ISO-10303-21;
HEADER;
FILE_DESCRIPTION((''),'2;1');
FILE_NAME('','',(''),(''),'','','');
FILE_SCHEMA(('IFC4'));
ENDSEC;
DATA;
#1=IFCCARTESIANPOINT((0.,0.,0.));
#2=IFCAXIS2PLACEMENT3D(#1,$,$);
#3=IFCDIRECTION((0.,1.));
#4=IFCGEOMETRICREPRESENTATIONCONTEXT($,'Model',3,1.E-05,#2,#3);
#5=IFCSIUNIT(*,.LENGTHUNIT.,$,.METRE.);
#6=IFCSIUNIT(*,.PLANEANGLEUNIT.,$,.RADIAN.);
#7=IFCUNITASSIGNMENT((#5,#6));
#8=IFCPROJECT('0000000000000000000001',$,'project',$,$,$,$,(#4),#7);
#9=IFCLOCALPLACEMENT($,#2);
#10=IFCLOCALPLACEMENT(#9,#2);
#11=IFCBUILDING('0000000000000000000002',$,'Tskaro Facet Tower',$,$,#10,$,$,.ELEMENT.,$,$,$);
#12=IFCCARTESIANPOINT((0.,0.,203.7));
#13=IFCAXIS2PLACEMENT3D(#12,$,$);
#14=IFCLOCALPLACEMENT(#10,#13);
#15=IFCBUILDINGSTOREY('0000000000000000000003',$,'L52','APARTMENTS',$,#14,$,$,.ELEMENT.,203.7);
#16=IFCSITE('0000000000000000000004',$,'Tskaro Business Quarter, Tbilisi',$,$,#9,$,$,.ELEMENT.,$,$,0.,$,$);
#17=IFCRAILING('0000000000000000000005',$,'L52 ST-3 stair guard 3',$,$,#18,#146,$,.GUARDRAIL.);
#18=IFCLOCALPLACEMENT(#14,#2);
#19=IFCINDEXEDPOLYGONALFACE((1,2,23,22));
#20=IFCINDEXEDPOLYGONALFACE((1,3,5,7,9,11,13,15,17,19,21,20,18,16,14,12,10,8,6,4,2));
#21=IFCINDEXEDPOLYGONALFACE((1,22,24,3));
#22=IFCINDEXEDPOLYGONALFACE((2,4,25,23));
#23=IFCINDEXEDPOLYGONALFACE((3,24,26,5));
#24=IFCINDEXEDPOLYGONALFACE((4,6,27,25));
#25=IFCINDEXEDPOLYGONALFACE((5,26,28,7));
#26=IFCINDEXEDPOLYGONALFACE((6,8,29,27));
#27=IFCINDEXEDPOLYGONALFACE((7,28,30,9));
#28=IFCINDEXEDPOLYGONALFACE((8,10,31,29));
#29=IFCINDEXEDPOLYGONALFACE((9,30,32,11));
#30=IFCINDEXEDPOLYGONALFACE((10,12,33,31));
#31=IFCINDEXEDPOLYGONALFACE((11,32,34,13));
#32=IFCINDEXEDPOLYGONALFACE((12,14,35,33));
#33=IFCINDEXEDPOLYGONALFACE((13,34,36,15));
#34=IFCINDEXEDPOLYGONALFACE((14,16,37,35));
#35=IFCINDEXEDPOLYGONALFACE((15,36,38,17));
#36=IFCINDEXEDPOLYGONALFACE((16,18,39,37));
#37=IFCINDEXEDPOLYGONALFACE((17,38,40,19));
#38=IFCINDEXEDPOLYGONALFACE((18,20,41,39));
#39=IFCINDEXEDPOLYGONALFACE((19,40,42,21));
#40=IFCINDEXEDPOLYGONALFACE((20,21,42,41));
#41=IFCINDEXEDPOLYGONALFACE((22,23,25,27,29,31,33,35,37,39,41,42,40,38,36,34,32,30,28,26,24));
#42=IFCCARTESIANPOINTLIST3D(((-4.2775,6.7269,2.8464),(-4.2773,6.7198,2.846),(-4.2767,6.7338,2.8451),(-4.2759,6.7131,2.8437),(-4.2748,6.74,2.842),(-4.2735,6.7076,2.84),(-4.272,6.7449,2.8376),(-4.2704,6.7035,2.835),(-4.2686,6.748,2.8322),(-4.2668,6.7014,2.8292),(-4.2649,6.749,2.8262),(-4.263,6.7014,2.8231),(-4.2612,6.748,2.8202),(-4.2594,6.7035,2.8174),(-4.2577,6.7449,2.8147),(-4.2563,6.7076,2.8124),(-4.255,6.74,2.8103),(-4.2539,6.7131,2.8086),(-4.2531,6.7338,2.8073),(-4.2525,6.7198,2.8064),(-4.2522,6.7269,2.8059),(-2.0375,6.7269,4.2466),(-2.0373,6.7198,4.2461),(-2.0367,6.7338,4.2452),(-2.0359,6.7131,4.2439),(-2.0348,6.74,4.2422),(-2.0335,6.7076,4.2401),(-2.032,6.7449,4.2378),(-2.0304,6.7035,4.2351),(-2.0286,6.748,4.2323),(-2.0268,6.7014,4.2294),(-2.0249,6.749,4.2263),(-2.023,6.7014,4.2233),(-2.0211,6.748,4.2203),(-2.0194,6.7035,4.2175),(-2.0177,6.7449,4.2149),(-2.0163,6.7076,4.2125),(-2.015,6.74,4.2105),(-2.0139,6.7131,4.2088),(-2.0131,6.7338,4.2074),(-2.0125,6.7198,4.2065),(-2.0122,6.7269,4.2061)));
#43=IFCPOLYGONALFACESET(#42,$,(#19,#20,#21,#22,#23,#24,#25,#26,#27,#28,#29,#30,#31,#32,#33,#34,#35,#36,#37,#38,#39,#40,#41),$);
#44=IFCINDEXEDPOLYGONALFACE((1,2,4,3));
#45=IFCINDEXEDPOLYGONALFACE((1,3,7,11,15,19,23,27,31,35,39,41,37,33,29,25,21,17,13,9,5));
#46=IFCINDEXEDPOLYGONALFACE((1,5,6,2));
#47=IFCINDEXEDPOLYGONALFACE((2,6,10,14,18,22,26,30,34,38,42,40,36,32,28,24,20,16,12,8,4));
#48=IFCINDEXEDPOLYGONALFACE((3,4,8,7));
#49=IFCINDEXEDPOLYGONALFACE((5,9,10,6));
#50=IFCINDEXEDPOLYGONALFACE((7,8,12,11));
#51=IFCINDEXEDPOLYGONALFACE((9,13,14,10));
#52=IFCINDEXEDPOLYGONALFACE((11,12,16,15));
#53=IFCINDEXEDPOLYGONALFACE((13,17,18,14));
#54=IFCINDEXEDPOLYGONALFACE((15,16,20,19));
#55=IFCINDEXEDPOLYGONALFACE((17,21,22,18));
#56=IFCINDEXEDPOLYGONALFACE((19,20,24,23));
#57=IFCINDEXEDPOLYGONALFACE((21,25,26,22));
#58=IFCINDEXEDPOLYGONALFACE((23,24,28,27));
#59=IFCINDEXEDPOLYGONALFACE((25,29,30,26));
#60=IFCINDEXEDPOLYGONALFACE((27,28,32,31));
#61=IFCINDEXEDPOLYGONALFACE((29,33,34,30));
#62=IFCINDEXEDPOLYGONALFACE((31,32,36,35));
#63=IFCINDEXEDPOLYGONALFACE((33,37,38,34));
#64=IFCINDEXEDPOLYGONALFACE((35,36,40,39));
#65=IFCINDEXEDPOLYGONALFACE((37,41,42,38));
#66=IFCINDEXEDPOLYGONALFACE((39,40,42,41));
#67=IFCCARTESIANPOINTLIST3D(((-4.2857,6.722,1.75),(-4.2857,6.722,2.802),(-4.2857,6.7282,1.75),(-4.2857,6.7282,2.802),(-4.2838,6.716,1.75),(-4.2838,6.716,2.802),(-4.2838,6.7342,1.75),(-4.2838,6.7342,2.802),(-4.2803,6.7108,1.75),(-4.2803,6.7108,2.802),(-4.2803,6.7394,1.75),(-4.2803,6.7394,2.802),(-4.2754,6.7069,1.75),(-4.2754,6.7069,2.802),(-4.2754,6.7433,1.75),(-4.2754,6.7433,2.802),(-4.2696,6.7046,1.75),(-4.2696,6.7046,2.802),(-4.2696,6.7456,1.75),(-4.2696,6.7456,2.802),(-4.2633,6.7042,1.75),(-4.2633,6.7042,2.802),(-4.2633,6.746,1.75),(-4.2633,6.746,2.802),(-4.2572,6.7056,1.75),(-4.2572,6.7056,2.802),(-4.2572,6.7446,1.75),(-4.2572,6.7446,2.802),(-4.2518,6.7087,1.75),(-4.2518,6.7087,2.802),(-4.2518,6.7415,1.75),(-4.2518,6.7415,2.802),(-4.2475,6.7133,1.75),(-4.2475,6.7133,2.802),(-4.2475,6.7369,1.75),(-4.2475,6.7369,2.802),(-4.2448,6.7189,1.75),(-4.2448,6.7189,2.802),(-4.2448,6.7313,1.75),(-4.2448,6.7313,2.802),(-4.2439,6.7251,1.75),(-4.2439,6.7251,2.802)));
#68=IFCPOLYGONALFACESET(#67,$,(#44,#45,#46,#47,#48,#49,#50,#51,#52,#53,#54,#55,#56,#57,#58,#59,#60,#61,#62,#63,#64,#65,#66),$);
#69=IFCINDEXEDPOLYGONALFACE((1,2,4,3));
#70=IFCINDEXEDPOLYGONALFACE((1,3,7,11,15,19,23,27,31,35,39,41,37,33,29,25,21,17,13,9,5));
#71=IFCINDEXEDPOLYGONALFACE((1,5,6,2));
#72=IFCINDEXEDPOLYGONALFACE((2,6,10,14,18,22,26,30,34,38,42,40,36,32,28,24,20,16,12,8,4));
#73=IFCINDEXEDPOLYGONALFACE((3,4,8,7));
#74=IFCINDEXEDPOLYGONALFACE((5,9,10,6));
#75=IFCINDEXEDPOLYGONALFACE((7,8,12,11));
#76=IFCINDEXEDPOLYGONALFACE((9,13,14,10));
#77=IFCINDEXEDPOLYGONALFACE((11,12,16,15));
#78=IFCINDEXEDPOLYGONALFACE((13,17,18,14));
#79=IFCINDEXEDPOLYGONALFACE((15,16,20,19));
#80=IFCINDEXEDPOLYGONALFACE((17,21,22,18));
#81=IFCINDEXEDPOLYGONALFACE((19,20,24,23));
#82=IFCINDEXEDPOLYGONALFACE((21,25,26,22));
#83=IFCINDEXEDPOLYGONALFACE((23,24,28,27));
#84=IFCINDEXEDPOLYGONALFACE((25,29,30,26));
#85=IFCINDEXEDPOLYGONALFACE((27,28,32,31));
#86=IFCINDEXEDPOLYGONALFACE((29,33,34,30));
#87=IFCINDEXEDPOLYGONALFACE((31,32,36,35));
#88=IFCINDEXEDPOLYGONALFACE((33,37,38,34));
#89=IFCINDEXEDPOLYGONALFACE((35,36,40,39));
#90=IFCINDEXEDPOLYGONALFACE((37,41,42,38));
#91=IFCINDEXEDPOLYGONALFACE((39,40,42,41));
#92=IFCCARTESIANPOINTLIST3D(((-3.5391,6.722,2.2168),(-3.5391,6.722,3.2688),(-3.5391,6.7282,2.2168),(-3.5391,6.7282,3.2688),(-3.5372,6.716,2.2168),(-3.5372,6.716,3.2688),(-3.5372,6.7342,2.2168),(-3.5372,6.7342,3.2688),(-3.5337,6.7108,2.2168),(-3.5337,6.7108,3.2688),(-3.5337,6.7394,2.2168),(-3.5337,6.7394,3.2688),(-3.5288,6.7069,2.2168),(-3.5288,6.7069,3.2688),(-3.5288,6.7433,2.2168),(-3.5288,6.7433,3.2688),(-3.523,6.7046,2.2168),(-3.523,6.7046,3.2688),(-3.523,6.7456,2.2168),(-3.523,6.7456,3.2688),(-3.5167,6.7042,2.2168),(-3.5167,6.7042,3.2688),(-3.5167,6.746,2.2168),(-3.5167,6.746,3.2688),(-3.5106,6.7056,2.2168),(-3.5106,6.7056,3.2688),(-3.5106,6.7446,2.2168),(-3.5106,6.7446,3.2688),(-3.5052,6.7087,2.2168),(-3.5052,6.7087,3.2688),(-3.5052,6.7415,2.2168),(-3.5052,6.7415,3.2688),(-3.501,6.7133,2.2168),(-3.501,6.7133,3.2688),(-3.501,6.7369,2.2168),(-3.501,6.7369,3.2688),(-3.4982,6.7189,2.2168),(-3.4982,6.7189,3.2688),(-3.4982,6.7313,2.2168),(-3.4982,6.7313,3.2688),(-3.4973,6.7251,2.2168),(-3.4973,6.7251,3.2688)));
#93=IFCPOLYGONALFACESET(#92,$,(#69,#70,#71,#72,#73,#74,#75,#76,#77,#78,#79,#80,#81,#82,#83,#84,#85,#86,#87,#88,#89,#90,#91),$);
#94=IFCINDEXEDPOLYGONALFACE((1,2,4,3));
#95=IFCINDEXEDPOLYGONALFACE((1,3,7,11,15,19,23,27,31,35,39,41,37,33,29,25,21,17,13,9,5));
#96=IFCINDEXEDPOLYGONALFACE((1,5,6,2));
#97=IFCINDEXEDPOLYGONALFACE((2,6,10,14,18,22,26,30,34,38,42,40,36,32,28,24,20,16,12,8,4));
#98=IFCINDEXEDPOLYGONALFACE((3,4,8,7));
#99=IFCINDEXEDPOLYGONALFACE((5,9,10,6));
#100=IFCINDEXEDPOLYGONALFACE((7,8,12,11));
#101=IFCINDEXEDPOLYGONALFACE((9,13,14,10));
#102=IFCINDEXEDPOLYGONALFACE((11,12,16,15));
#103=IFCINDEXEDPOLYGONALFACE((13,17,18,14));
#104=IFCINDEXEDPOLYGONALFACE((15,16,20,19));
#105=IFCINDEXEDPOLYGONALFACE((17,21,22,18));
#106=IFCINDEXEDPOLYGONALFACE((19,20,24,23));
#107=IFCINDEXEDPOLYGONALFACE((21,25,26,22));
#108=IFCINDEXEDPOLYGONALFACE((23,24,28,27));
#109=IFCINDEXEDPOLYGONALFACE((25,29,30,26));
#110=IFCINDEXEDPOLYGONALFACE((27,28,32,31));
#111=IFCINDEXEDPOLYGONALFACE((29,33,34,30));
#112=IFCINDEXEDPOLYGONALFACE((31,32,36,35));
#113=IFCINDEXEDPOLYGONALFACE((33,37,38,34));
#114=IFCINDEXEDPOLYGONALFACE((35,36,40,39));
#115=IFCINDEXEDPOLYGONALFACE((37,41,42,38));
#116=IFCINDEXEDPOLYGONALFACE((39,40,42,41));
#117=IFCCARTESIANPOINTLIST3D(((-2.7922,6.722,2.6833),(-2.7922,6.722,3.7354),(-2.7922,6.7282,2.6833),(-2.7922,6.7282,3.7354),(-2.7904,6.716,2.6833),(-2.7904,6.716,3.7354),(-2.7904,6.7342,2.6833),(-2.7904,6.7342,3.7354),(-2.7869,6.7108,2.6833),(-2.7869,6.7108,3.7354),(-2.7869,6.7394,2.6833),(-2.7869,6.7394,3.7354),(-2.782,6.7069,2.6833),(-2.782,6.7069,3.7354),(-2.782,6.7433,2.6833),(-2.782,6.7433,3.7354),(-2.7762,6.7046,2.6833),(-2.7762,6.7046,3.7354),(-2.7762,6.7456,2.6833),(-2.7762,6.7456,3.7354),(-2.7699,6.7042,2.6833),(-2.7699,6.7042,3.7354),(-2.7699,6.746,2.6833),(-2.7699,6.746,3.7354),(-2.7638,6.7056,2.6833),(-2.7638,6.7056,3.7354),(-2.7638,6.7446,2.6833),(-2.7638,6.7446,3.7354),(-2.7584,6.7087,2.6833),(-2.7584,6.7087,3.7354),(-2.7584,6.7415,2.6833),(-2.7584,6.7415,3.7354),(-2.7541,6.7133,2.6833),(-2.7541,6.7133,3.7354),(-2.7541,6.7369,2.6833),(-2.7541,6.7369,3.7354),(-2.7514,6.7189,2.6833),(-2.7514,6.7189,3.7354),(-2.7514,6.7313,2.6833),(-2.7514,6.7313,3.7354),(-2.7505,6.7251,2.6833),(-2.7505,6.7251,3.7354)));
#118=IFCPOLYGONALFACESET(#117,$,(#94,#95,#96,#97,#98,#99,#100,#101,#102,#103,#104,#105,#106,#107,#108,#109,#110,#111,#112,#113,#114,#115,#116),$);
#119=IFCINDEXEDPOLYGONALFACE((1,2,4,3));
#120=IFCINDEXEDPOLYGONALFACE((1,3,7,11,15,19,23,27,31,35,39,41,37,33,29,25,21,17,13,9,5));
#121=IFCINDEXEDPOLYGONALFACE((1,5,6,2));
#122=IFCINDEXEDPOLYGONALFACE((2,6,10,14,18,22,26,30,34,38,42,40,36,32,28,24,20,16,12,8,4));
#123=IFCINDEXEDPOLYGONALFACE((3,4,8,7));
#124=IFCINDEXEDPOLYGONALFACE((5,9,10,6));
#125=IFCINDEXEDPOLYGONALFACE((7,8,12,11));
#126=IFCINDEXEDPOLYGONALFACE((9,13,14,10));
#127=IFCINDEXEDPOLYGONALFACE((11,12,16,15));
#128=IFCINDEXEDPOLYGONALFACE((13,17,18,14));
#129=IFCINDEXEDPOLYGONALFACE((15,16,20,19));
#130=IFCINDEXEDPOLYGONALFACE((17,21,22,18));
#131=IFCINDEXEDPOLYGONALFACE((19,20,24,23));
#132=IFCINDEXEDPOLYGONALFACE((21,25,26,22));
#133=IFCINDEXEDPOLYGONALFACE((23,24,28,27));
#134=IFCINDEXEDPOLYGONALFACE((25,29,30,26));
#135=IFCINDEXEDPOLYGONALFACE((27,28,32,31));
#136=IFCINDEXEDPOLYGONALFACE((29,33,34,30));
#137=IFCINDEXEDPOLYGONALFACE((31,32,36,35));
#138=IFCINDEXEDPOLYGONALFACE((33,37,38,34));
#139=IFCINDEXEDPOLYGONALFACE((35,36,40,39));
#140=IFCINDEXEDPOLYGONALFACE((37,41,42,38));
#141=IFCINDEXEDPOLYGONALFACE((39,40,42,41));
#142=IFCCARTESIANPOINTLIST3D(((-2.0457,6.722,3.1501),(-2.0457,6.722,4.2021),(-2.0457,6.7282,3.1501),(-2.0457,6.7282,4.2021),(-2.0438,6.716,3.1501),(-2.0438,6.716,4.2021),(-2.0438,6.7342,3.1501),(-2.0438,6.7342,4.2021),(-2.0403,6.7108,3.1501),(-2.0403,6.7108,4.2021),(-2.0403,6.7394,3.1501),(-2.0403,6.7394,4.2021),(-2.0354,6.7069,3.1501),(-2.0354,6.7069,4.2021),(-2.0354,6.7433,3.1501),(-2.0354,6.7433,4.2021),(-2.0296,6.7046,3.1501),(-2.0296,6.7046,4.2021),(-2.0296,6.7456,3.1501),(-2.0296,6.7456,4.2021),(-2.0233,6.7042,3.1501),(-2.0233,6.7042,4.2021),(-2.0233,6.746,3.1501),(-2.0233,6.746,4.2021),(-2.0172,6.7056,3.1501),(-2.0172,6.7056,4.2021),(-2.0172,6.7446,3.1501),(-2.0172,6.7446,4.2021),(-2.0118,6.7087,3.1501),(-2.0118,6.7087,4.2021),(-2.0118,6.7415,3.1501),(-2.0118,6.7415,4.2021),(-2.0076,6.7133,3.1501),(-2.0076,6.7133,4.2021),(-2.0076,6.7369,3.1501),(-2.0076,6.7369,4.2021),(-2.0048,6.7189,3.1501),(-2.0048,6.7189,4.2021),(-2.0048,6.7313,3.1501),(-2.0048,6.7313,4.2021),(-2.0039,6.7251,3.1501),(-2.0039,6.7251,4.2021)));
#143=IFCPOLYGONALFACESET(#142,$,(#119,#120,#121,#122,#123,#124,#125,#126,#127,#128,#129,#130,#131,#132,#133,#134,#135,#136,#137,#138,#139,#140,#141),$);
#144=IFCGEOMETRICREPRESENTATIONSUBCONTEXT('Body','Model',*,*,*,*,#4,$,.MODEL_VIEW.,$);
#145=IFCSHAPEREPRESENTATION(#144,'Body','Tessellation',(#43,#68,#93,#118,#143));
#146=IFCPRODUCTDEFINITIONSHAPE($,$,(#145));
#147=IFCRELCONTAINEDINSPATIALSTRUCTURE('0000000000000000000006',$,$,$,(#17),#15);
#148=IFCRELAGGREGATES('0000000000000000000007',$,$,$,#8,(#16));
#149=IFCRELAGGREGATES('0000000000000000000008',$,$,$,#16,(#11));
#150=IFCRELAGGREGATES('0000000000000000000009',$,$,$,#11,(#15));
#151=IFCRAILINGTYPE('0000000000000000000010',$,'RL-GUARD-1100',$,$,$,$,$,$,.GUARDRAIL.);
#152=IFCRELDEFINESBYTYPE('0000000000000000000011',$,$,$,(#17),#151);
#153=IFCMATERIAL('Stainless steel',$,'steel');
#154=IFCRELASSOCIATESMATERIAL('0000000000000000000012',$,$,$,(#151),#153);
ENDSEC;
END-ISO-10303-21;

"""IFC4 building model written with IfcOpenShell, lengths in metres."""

from ifc_helpers import new_model, si_unit, direction, frame, origin, origin_2d, place, context, subcontext, project, spatial, circle, extrude, material, type_object, element, save


model = new_model("IFC4")

# Units and contexts
model_context = context("Model", 3, precision=1e-05, world=origin(), true_north=direction((0.0, 1.0)))
body_context = subcontext(model_context, "Body", "Model", "MODEL_VIEW")
ifc_project = project(units=[si_unit("LENGTHUNIT", "METRE"), si_unit("PLANEANGLEUNIT", "RADIAN")], contexts=[model_context])

# Site, building, storey
site_placement = place(None, origin())
site = spatial("IfcSite", under=ifc_project, at=site_placement, Name="Tskaro Business Quarter, Tbilisi", CompositionType="ELEMENT", RefElevation=0.0)
building_placement = place(site_placement, origin())
building = spatial("IfcBuilding", under=site, at=building_placement, Name="Tskaro Facet Tower", CompositionType="ELEMENT")
storey_placement = place(building_placement, frame((0.0, 0.0, 203.7)))
storey = spatial("IfcBuildingStorey", under=building, at=storey_placement, Name="L52", Description="APARTMENTS", CompositionType="ELEMENT", Elevation=203.7)

# Railing
ifc_material_1 = material(Name="Stainless steel", Category="steel")
railing_type_1 = type_object("IfcRailingType", Name="RL-GUARD-1100", PredefinedType="GUARDRAIL", material=ifc_material_1)
railing_1_placement = place(storey_placement, frame((-4.2649, 6.7251, 1.75)))
element("IfcRailing", 1, at=railing_1_placement, inside=storey, type_object=railing_type_1, Name="L52 ST-3 stair guard 3", PredefinedType="GUARDRAIL", context=body_context, shape_type="SweptSolid", body=[
    extrude(circle(Radius=0.0239, at=origin_2d()), frame((0.0, 0.0, 1.0762), z_axis=(0.847972, 0.0, 0.53004), x_axis=(0.0, 1.0, 0.0)), (0.0, 0.0, 1.0), 2.6416),
    extrude(circle(Radius=0.021, at=origin_2d()), origin(), (0.0, 0.0, 1.0), 1.052),
    extrude(circle(Radius=0.021, at=origin_2d()), frame((0.7466, 0.0, 0.4668)), (0.0, 0.0, 1.0), 1.052),
    extrude(circle(Radius=0.021, at=origin_2d()), frame((1.4934, 0.0, 0.9333)), (0.0, 0.0, 1.0), 1.052),
    extrude(circle(Radius=0.021, at=origin_2d()), frame((2.24, 0.0, 1.4001)), (0.0, 0.0, 1.0), 1.052),
])

save(model, "model.ifc")
